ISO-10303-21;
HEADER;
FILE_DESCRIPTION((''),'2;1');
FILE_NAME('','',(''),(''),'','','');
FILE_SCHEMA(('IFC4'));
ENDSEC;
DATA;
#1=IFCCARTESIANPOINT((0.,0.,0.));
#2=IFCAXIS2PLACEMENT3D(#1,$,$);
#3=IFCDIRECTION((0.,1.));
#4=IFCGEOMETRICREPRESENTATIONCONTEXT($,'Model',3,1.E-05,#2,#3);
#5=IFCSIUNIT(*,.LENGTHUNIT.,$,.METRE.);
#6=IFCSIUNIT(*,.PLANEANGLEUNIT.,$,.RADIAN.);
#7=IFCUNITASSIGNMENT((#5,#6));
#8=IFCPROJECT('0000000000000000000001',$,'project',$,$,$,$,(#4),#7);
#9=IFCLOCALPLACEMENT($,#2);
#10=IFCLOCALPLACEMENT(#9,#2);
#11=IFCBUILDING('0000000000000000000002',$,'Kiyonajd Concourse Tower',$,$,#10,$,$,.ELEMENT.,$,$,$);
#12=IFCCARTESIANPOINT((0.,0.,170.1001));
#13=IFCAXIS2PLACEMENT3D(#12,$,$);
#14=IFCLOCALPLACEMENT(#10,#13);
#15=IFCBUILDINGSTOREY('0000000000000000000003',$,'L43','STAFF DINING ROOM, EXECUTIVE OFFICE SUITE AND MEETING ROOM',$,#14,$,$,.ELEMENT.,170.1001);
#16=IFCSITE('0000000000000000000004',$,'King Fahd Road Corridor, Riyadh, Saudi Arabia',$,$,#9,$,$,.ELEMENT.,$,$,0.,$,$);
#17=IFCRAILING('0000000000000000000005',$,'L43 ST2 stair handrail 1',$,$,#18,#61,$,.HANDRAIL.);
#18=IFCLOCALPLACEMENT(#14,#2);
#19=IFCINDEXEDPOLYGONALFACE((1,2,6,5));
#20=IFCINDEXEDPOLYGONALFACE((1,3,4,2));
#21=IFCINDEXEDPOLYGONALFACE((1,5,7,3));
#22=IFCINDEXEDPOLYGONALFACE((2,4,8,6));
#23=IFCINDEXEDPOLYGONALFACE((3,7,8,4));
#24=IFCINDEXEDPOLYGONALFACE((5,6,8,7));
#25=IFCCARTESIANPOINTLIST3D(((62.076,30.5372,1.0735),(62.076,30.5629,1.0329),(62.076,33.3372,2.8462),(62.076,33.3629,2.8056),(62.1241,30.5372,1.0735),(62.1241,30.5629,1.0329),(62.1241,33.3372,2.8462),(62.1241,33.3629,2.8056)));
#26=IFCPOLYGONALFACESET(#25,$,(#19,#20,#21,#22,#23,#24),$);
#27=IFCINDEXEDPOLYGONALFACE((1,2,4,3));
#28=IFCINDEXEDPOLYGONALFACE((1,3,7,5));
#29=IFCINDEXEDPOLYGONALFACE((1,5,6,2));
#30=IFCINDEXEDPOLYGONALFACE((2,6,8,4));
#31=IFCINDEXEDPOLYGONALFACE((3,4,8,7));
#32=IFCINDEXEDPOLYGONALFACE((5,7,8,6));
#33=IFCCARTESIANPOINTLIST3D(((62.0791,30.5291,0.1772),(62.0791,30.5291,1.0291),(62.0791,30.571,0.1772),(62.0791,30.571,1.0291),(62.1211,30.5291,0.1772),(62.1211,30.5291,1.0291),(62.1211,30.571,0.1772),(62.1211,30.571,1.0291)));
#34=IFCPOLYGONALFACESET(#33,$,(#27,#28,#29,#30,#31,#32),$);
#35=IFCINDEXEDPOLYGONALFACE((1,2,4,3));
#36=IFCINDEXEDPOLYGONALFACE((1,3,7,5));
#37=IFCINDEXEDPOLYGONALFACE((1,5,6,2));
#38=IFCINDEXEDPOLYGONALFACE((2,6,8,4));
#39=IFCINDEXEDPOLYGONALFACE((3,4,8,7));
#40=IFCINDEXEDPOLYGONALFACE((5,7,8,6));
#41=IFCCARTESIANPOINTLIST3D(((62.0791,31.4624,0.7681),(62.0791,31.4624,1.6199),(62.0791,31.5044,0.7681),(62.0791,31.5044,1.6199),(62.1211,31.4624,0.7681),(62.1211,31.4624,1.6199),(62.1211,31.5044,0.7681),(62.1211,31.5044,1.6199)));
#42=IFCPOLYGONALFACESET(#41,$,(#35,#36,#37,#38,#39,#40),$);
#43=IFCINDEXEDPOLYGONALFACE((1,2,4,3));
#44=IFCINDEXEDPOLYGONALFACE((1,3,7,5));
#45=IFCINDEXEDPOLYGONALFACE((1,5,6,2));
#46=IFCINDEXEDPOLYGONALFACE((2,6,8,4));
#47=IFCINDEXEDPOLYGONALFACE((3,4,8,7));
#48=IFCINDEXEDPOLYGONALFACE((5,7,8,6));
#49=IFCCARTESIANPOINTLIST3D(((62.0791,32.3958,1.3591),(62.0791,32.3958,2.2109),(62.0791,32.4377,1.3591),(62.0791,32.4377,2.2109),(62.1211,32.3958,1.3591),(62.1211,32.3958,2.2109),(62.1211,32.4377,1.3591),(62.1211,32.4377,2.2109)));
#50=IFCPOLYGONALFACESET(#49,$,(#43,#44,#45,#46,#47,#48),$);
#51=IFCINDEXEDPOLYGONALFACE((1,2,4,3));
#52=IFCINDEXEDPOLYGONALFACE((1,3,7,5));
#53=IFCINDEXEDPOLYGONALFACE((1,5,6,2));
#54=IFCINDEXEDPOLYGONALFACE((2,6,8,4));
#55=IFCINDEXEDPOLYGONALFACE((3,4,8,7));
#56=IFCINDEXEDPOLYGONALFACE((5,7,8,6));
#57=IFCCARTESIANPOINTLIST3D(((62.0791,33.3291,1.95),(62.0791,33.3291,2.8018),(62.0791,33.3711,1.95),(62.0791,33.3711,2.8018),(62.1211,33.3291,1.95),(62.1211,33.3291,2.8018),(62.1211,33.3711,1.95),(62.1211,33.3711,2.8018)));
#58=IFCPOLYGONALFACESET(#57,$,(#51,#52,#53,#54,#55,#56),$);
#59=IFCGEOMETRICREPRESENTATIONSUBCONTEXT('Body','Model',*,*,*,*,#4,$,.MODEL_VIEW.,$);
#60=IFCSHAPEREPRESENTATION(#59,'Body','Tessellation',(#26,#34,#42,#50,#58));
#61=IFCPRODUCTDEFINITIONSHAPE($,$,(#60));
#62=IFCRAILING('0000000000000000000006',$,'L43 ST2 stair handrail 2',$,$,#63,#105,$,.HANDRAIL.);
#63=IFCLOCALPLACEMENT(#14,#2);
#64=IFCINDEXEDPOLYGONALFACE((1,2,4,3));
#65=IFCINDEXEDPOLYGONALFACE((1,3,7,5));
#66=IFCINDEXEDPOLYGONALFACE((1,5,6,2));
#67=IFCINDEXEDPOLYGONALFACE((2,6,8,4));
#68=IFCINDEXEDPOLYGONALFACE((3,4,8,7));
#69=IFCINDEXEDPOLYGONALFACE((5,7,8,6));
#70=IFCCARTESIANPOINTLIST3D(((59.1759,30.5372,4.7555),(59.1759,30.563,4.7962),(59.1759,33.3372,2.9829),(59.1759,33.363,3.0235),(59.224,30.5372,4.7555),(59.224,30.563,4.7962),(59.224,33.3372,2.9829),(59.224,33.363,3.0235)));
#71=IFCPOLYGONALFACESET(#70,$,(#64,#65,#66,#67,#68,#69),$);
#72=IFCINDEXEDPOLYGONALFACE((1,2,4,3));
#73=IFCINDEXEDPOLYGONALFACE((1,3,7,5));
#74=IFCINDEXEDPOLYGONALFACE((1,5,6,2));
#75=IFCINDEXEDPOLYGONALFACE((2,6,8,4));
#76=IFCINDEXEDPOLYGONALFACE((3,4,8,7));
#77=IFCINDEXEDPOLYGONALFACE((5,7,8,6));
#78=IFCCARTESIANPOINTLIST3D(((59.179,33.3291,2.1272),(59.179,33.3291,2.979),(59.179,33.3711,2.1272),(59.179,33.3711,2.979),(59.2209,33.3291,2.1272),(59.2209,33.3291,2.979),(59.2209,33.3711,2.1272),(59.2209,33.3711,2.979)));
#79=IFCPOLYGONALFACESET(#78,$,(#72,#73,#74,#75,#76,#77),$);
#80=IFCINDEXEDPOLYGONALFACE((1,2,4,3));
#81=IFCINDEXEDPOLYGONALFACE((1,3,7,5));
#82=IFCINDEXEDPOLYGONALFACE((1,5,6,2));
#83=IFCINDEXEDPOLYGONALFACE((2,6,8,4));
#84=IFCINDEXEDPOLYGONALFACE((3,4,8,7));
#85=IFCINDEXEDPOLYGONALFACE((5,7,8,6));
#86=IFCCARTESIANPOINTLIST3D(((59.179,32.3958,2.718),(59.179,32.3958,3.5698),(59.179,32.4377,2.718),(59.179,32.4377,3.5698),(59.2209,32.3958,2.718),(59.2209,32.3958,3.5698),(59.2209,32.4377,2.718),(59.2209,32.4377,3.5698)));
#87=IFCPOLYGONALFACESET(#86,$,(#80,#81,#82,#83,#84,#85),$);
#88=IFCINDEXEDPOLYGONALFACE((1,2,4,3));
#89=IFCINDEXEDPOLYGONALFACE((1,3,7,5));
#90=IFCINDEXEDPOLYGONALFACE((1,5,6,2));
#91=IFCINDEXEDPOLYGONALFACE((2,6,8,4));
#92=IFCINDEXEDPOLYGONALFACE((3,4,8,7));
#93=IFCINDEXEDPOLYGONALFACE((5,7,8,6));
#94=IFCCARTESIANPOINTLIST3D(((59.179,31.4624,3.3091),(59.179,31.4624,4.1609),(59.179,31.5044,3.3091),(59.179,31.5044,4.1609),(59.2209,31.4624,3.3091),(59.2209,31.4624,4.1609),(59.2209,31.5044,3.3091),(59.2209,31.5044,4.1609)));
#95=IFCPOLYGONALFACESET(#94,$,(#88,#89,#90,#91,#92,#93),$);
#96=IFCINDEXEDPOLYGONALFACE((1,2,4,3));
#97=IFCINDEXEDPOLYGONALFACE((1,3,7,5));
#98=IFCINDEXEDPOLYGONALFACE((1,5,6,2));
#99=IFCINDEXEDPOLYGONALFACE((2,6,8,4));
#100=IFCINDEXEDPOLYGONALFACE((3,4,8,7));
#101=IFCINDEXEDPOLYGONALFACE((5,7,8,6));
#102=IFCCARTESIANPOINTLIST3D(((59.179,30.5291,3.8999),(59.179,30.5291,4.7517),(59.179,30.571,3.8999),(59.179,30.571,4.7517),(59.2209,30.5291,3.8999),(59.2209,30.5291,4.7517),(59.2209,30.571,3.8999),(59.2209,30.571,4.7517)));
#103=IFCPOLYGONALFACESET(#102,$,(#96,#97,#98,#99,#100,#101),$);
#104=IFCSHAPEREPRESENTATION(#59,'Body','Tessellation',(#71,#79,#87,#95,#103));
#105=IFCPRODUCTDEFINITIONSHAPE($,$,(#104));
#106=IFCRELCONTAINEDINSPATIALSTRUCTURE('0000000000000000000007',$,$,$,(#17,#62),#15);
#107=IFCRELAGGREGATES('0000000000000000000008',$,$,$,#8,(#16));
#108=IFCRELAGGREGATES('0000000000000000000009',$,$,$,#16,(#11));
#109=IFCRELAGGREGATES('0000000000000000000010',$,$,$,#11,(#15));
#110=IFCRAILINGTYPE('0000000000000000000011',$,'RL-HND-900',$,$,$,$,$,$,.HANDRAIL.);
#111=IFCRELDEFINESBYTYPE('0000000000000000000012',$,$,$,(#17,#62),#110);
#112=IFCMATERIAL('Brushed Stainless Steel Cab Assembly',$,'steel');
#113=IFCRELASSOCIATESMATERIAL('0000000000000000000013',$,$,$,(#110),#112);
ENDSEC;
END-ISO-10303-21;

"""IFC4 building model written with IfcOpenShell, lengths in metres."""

from ifc_helpers import new_model, si_unit, direction, frame, origin, origin_2d, place, context, subcontext, project, spatial, rectangle, extrude, material, type_object, element, save


model = new_model("IFC4")

# Units and contexts
model_context = context("Model", 3, precision=1e-05, world=origin(), true_north=direction((0.0, 1.0)))
body_context = subcontext(model_context, "Body", "Model", "MODEL_VIEW")
ifc_project = project(units=[si_unit("LENGTHUNIT", "METRE"), si_unit("PLANEANGLEUNIT", "RADIAN")], contexts=[model_context])

# Site, building, storey
site_placement = place(None, origin())
site = spatial("IfcSite", under=ifc_project, at=site_placement, Name="King Fahd Road Corridor, Riyadh, Saudi Arabia", CompositionType="ELEMENT", RefElevation=0.0)
building_placement = place(site_placement, origin())
building = spatial("IfcBuilding", under=site, at=building_placement, Name="Kiyonajd Concourse Tower", CompositionType="ELEMENT")
storey_placement = place(building_placement, frame((0.0, 0.0, 170.1001)))
storey = spatial("IfcBuildingStorey", under=building, at=storey_placement, Name="L43", Description="STAFF DINING ROOM, EXECUTIVE OFFICE SUITE AND MEETING ROOM", CompositionType="ELEMENT", Elevation=170.1001)

# Railings
ifc_material_1 = material(Name="Brushed Stainless Steel Cab Assembly", Category="steel")
railing_type_1 = type_object("IfcRailingType", Name="RL-HND-900", PredefinedType="HANDRAIL", material=ifc_material_1)
railing_1_placement = place(storey_placement, frame((62.1001, 30.55, 0.1772)))
element("IfcRailing", 1, at=railing_1_placement, inside=storey, type_object=railing_type_1, Name="L43 ST2 stair handrail 1", PredefinedType="HANDRAIL", context=body_context, shape_type="SweptSolid", body=[
    extrude(rectangle(XDim=0.0481, YDim=0.0481, at=origin_2d()), frame((0.0, 0.0, 0.876), z_axis=(0.0, 0.844909, 0.53491), x_axis=(-1.0, 0.0, 0.0)), (0.0, 0.0, 1.0), 3.314),
    extrude(rectangle(XDim=0.042, YDim=0.042, at=origin_2d()), origin(), (0.0, 0.0, 1.0), 0.8518),
    extrude(rectangle(XDim=0.042, YDim=0.042, at=origin_2d()), frame((0.0, 0.9333, 0.5908)), (0.0, 0.0, 1.0), 0.8518),
    extrude(rectangle(XDim=0.042, YDim=0.042, at=origin_2d()), frame((0.0, 1.8667, 1.1819)), (0.0, 0.0, 1.0), 0.8518),
    extrude(rectangle(XDim=0.042, YDim=0.042, at=origin_2d()), frame((0.0, 2.8, 1.7727)), (0.0, 0.0, 1.0), 0.8518),
])
railing_2_placement = place(storey_placement, frame((59.2, 33.3501, 2.1272)))
element("IfcRailing", 2, at=railing_2_placement, inside=storey, type_object=railing_type_1, Name="L43 ST2 stair handrail 2", PredefinedType="HANDRAIL", context=body_context, shape_type="SweptSolid", body=[
    extrude(rectangle(XDim=0.0481, YDim=0.0481, at=origin_2d()), frame((0.0, 0.0, 0.876), z_axis=(0.0, -0.844909, 0.53491), x_axis=(1.0, 0.0, 0.0)), (0.0, 0.0, 1.0), 3.314),
    extrude(rectangle(XDim=0.042, YDim=0.042, at=origin_2d()), origin(), (0.0, 0.0, 1.0), 0.8518),
    extrude(rectangle(XDim=0.042, YDim=0.042, at=origin_2d()), frame((0.0, -0.9333, 0.5908)), (0.0, 0.0, 1.0), 0.8518),
    extrude(rectangle(XDim=0.042, YDim=0.042, at=origin_2d()), frame((0.0, -1.8667, 1.1819)), (0.0, 0.0, 1.0), 0.8518),
    extrude(rectangle(XDim=0.042, YDim=0.042, at=origin_2d()), frame((0.0, -2.8, 1.7727)), (0.0, 0.0, 1.0), 0.8518),
])

save(model, "model.ifc")
